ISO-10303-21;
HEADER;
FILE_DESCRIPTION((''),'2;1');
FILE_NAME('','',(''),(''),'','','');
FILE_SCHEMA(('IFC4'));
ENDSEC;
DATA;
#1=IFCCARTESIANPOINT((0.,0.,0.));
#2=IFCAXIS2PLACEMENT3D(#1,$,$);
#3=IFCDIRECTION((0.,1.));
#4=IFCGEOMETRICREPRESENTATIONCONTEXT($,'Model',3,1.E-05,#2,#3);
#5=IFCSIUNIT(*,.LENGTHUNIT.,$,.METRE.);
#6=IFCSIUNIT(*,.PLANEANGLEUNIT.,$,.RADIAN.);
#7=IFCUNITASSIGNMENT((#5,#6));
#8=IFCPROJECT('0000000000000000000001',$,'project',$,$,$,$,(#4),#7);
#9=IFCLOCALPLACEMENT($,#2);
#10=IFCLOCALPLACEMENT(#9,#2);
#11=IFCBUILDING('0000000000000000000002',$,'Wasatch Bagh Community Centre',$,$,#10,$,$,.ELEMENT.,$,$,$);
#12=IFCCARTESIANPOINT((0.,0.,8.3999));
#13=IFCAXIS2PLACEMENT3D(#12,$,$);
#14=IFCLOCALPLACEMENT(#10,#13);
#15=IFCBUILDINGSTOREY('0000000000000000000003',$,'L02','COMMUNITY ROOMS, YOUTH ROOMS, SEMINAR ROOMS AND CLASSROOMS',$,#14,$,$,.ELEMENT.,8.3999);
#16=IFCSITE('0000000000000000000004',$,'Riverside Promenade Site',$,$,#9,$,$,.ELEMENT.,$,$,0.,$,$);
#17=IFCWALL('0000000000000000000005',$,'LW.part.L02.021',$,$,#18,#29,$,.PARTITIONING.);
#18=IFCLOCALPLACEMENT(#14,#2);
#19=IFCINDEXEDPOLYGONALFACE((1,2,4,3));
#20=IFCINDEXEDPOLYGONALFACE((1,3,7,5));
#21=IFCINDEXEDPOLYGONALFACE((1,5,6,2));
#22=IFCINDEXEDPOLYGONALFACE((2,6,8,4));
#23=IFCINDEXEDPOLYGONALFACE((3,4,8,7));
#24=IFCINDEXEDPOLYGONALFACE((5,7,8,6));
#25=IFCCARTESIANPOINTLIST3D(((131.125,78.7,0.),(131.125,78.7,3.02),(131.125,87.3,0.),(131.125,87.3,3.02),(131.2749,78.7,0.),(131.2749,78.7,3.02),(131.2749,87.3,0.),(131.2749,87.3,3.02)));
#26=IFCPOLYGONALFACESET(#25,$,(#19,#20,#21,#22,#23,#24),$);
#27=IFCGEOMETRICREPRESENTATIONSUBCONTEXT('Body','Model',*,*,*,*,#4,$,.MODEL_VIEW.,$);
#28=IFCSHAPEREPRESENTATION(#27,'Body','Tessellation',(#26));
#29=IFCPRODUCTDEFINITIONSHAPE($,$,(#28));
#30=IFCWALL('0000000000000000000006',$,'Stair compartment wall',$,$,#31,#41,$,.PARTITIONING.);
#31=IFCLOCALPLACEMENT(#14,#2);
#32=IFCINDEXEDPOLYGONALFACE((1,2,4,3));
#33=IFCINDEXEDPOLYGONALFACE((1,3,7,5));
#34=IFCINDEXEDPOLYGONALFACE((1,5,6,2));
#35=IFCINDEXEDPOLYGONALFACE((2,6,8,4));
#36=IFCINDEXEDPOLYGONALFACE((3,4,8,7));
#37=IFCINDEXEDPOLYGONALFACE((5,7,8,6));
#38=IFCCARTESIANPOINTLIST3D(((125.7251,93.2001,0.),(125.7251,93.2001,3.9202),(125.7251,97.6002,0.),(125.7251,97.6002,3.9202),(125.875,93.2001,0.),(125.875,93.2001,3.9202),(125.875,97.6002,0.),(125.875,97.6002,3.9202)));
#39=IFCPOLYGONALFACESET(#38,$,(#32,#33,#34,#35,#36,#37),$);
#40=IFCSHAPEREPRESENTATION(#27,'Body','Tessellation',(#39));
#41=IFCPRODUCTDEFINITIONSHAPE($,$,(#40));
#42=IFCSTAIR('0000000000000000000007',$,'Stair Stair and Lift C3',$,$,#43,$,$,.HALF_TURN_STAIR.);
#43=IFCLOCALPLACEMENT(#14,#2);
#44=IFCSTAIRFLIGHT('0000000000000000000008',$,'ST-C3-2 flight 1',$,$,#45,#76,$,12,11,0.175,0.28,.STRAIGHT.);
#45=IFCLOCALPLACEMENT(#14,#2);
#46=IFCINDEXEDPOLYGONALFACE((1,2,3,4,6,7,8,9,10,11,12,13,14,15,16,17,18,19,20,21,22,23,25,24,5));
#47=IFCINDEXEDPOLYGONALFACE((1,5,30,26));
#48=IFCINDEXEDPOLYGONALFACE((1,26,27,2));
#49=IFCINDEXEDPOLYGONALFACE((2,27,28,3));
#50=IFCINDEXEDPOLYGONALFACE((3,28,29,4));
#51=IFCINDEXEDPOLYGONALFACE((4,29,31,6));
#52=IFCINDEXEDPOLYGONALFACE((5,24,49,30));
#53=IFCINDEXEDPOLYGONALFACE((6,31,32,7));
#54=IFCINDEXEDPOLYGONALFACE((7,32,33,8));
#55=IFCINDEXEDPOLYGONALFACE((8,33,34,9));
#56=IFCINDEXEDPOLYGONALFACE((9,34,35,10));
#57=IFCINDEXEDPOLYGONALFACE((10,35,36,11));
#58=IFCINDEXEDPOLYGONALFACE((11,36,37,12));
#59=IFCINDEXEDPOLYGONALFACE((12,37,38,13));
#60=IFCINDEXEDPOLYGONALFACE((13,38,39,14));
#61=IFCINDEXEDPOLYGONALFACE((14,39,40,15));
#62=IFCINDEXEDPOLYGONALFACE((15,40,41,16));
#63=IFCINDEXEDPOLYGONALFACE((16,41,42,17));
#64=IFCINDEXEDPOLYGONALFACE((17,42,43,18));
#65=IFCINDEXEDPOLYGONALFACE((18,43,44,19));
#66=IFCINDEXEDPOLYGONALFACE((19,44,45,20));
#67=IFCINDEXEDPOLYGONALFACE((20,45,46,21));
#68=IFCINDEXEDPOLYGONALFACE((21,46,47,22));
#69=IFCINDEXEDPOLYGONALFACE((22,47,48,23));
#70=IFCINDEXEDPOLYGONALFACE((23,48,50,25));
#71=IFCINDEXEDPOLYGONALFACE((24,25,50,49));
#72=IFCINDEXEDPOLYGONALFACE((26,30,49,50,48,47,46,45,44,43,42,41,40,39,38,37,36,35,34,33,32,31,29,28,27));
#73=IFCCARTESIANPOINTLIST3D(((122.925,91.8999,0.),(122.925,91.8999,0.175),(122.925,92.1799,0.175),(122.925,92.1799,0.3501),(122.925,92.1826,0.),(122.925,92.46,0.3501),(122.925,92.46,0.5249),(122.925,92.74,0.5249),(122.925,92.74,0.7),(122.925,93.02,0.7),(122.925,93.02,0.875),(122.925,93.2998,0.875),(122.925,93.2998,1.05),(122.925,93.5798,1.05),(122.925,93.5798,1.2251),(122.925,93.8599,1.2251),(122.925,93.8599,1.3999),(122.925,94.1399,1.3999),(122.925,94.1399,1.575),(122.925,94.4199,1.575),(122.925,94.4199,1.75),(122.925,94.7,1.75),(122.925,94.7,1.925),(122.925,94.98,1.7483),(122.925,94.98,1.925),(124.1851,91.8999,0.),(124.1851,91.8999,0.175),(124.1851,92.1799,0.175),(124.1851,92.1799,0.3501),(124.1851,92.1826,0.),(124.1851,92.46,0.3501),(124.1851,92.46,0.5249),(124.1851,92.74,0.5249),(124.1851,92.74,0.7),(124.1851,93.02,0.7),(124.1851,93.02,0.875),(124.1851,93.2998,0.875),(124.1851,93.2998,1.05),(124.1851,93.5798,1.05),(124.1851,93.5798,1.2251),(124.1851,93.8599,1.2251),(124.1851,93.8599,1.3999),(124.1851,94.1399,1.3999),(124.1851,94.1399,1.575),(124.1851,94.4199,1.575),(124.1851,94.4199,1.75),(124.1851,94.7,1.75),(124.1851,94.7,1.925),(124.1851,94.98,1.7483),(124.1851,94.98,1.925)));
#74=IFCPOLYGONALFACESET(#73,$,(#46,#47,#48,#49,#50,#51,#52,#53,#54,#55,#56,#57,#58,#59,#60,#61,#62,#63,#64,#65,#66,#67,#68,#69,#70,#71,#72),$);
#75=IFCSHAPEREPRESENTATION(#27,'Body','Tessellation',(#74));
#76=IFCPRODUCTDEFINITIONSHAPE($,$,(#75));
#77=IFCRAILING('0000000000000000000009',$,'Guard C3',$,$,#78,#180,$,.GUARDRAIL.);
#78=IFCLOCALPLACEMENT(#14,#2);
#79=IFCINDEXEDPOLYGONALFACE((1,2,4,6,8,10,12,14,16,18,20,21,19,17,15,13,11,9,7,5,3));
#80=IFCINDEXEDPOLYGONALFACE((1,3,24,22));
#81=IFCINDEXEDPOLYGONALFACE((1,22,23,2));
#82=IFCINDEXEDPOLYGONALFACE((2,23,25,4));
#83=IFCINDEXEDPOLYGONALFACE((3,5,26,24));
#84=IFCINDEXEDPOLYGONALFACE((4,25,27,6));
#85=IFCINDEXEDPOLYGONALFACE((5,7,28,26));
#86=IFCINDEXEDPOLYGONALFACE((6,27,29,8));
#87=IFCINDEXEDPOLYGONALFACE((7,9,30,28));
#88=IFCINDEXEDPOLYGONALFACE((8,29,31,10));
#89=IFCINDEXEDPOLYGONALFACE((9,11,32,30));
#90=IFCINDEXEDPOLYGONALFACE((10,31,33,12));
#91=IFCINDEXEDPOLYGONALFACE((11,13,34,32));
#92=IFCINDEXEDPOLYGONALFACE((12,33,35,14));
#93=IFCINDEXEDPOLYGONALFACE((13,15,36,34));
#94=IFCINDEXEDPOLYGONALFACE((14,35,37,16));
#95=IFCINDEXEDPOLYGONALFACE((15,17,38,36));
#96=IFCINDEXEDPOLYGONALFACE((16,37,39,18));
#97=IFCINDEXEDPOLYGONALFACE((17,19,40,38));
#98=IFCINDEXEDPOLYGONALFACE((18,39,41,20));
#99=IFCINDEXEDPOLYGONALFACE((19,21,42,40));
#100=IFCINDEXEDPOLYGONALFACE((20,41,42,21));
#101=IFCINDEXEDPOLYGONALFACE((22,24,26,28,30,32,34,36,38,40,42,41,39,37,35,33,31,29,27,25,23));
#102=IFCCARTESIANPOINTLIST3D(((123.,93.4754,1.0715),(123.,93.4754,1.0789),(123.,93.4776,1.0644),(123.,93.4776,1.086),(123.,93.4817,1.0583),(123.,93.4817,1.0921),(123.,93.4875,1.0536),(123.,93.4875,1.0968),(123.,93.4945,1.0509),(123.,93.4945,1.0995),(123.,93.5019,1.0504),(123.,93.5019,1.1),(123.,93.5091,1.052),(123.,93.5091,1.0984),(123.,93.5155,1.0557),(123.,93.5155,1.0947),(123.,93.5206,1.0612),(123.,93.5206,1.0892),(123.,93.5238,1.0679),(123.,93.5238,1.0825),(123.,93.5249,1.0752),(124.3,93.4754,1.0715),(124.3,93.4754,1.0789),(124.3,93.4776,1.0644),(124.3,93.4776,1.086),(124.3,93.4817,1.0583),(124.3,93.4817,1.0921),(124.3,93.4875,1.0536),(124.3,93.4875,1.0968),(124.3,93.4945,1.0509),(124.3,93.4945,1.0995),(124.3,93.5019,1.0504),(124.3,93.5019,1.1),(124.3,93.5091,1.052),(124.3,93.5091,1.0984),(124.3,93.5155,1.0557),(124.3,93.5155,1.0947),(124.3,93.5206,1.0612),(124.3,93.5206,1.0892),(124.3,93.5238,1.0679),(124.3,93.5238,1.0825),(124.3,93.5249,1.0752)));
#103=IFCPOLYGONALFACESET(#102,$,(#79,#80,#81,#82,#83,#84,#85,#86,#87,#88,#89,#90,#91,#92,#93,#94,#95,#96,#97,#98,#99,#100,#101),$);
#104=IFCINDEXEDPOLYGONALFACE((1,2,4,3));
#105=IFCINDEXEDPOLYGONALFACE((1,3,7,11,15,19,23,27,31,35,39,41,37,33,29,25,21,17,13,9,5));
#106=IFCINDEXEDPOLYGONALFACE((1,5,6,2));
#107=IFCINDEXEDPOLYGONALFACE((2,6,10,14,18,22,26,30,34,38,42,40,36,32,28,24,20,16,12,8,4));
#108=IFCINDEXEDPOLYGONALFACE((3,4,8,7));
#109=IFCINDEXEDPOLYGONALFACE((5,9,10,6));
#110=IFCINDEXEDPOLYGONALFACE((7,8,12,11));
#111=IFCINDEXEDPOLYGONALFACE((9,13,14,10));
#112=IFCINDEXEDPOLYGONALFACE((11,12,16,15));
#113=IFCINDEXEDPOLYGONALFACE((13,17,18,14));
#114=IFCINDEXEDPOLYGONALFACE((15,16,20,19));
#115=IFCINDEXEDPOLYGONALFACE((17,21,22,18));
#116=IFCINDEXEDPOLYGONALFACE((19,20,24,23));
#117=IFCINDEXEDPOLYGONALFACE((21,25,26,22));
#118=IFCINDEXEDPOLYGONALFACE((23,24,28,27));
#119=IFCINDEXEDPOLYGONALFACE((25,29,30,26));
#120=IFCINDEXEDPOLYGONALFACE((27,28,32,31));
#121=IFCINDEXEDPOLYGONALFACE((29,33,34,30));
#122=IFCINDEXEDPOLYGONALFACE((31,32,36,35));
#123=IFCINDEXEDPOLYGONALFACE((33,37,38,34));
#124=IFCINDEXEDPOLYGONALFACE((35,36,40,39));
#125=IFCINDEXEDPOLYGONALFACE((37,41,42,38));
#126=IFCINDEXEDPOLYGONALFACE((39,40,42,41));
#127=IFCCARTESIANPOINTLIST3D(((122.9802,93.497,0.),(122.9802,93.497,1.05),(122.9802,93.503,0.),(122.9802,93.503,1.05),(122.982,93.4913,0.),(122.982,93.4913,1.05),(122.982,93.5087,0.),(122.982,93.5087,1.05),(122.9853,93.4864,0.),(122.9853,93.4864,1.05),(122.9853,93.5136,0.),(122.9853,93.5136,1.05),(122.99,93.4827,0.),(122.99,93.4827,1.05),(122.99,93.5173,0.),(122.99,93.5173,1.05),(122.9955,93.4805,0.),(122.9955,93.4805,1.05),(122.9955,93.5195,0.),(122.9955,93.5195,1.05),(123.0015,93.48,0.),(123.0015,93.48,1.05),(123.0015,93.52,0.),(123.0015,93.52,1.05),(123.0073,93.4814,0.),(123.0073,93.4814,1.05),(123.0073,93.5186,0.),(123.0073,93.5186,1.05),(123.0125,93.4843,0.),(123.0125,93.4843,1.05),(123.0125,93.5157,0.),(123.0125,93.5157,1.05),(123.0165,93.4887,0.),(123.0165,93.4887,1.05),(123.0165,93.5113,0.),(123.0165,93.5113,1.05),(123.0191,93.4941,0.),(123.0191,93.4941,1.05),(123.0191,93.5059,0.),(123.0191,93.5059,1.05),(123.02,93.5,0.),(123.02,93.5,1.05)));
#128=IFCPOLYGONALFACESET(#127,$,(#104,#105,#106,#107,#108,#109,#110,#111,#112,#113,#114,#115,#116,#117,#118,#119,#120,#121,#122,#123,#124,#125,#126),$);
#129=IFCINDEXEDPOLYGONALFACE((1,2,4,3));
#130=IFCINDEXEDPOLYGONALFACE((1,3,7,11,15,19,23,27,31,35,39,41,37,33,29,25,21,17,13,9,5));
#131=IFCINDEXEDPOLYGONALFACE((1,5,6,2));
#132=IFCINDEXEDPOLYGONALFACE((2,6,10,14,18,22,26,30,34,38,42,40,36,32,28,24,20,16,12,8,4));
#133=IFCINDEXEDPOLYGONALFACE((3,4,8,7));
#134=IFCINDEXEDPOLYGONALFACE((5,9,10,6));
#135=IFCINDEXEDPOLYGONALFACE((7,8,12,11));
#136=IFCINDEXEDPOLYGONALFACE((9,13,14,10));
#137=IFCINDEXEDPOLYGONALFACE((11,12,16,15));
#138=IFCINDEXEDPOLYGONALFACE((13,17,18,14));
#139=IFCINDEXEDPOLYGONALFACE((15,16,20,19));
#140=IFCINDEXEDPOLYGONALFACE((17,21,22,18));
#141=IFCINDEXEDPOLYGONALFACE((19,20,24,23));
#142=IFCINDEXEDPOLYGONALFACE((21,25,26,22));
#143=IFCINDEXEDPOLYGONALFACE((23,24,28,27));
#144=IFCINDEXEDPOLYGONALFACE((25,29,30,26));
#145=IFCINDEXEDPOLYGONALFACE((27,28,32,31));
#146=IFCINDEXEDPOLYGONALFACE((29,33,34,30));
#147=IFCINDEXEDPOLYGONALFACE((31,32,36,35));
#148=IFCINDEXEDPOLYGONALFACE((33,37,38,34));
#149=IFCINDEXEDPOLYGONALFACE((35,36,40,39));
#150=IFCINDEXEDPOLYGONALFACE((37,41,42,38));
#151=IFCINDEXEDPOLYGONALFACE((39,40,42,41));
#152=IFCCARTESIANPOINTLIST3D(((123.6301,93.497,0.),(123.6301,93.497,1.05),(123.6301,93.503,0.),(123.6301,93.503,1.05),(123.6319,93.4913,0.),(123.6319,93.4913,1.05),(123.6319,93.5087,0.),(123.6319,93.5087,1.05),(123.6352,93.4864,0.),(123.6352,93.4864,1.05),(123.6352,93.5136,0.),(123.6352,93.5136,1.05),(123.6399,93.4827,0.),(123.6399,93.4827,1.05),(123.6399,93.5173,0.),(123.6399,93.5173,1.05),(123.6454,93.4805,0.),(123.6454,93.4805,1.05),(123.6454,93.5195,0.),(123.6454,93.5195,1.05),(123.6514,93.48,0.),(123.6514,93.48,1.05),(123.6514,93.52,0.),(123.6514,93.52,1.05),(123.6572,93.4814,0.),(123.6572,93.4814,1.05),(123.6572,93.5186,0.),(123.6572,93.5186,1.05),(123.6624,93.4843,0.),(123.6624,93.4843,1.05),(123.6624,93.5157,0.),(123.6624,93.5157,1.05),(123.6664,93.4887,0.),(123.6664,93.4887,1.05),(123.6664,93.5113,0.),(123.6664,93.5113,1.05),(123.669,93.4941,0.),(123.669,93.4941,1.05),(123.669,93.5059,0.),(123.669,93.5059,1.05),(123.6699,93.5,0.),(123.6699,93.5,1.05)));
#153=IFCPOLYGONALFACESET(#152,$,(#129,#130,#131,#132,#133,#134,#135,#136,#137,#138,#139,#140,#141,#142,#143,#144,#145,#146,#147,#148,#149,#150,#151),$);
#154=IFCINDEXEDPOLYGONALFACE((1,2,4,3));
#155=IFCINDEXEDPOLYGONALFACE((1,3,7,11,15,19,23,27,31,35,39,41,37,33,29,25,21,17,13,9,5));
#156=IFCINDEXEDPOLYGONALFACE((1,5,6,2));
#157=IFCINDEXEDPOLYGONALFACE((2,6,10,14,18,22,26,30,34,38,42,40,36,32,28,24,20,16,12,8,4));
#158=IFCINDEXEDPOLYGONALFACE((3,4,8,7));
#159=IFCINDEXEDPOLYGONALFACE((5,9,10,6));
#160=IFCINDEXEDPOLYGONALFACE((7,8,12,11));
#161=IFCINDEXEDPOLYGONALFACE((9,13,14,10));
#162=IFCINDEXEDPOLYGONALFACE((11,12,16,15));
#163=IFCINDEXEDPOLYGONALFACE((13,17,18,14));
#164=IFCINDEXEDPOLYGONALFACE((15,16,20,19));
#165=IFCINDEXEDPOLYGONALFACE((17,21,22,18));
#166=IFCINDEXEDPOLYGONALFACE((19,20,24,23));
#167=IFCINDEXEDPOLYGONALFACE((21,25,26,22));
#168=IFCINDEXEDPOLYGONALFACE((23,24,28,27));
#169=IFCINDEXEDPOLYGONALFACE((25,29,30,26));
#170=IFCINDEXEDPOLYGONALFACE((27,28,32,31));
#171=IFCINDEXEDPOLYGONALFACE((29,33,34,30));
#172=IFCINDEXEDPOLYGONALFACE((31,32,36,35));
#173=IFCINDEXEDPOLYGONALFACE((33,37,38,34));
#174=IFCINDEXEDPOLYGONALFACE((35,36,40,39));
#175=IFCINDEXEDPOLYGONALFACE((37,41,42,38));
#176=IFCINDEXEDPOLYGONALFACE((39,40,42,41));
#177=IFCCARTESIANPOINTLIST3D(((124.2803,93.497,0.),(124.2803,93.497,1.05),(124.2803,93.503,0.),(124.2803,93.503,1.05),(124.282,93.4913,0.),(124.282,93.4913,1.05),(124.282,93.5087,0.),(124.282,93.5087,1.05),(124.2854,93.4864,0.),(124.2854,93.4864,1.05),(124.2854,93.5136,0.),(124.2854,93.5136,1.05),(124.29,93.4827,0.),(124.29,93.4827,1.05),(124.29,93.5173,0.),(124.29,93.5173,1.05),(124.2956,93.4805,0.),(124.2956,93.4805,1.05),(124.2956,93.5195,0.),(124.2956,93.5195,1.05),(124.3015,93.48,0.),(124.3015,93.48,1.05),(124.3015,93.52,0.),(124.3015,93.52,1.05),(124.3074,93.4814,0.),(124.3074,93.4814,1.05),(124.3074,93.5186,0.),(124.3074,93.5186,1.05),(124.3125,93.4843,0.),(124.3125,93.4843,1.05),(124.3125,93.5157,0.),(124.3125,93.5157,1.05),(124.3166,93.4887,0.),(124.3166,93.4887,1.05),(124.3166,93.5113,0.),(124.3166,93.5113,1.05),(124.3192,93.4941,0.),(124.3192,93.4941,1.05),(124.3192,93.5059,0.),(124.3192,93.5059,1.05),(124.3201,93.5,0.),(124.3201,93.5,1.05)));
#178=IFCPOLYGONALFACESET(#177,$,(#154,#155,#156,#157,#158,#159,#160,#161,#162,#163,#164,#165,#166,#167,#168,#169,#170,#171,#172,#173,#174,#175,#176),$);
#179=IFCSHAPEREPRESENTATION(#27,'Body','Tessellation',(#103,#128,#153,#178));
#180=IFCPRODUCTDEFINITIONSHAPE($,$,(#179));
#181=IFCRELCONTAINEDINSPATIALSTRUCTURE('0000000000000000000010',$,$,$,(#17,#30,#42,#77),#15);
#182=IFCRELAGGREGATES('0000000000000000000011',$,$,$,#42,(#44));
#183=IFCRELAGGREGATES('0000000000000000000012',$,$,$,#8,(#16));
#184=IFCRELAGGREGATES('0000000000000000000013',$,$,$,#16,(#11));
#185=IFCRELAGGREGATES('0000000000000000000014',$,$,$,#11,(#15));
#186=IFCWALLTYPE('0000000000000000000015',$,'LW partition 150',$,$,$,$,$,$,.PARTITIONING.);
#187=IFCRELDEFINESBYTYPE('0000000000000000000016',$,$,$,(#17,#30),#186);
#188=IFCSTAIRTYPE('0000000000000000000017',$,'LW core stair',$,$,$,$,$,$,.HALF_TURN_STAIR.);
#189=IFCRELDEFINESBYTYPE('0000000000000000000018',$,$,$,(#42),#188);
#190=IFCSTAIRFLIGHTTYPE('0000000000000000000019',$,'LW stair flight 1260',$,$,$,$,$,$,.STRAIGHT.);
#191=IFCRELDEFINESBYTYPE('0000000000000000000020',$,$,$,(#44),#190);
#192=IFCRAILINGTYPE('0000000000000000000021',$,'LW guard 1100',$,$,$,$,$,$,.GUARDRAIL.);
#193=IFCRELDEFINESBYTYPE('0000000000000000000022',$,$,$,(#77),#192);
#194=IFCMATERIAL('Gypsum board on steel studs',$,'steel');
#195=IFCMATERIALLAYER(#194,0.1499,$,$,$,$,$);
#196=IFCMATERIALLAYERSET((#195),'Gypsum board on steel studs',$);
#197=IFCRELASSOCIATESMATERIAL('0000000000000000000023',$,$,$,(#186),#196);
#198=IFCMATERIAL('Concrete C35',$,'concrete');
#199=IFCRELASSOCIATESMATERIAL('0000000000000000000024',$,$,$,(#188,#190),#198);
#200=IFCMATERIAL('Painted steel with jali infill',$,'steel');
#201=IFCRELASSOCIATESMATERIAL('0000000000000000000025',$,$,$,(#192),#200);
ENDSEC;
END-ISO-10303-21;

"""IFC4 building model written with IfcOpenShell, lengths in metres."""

from ifc_helpers import new_model, si_unit, direction, frame, frame_2d, origin, origin_2d, place, context, subcontext, project, spatial, polyline, rectangle, circle, outline, extrude, material, layer, layer_set, type_object, element, aggregate, save


model = new_model("IFC4")

# Units and contexts
model_context = context("Model", 3, precision=1e-05, world=origin(), true_north=direction((0.0, 1.0)))
body_context = subcontext(model_context, "Body", "Model", "MODEL_VIEW")
ifc_project = project(units=[si_unit("LENGTHUNIT", "METRE"), si_unit("PLANEANGLEUNIT", "RADIAN")], contexts=[model_context])

# Site, building, storey
site_placement = place(None, origin())
site = spatial("IfcSite", under=ifc_project, at=site_placement, Name="Riverside Promenade Site", CompositionType="ELEMENT", RefElevation=0.0)
building_placement = place(site_placement, origin())
building = spatial("IfcBuilding", under=site, at=building_placement, Name="Wasatch Bagh Community Centre", CompositionType="ELEMENT")
storey_placement = place(building_placement, frame((0.0, 0.0, 8.3999)))
storey = spatial("IfcBuildingStorey", under=building, at=storey_placement, Name="L02", Description="COMMUNITY ROOMS, YOUTH ROOMS, SEMINAR ROOMS AND CLASSROOMS", CompositionType="ELEMENT", Elevation=8.3999)

# Shared definitions
ifc_material_1 = material(Name="Concrete C35", Category="concrete")

# Shared definitions
ifc_material_2 = material(Name="Gypsum board on steel studs", Category="steel")
ifc_layer_1 = layer(ifc_material_2, 0.1499)
ifc_layer_set_1 = layer_set([ifc_layer_1], Name="Gypsum board on steel studs")
wall_type_1 = type_object("IfcWallType", Name="LW partition 150", PredefinedType="PARTITIONING", material=ifc_layer_set_1)

# Walls
wall_1_placement = place(storey_placement, frame((131.2, 78.7, 0.0), z_axis=(0.0, 0.0, 1.0), x_axis=(0.0, 1.0, 0.0)))
element("IfcWall", 1, at=wall_1_placement, inside=storey, type_object=wall_type_1, Name="LW.part.L02.021", PredefinedType="PARTITIONING", context=body_context, shape_type="SweptSolid", body=[
    extrude(rectangle(XDim=8.6001, YDim=0.1499, at=frame_2d((4.3, 0.0))), origin(), (0.0, 0.0, 1.0), 3.02),
])
wall_2_placement = place(storey_placement, frame((125.8, 93.2, 0.0), z_axis=(0.0, 0.0, 1.0), x_axis=(0.0, 1.0, 0.0)))
element("IfcWall", 2, at=wall_2_placement, inside=storey, type_object=wall_type_1, Name="Stair compartment wall", PredefinedType="PARTITIONING", context=body_context, shape_type="SweptSolid", body=[
    extrude(rectangle(XDim=4.4001, YDim=0.1499, at=frame_2d((2.2002, 0.0))), origin(), (0.0, 0.0, 1.0), 3.9202),
])

# Stair, stair flight
stair_type = type_object("IfcStairType", Name="LW core stair", PredefinedType="HALF_TURN_STAIR", material=ifc_material_1)
stair_placement = place(storey_placement, origin())
stair = element("IfcStair", 3, at=stair_placement, inside=storey, type_object=stair_type, Name="Stair Stair and Lift C3", PredefinedType="HALF_TURN_STAIR")
stair_flight_type = type_object("IfcStairFlightType", Name="LW stair flight 1260", PredefinedType="STRAIGHT", material=ifc_material_1)
stair_flight_placement = place(storey_placement, frame((123.5549, 91.8999, 0.0), z_axis=(0.0, 0.0, 1.0), x_axis=(0.0, 1.0, 0.0)))
stair_flight = element("IfcStairFlight", 4, at=stair_flight_placement, type_object=stair_flight_type, Name="ST-C3-2 flight 1", NumberOfRisers=12, NumberOfTreads=11, PredefinedType="STRAIGHT", RiserHeight=0.175, TreadLength=0.28, context=body_context, shape_type="SweptSolid", body=[
    extrude(outline(polyline([(0.0, 0.0), (0.0, 0.175), (0.28, 0.175), (0.28, 0.3501), (0.5601, 0.3501), (0.5601, 0.5249), (0.8401, 0.5249), (0.8401, 0.7), (1.1201, 0.7), (1.1201, 0.875), (1.3999, 0.875), (1.3999, 1.05), (1.6799, 1.05), (1.6799, 1.2251), (1.96, 1.2251), (1.96, 1.3999), (2.24, 1.3999), (2.24, 1.575), (2.52, 1.575), (2.52, 1.75), (2.8, 1.75), (2.8, 1.925), (3.0801, 1.925), (3.0801, 2.1001), (3.0801, 1.7483), (0.2827, 0.0), (0.0, 0.0)])), frame((0.0, 0.6299, 0.0), z_axis=(0.0, -1.0, 0.0), x_axis=(1.0, 0.0, 0.0)), (0.0, 0.0, 1.0), 1.26),
])
aggregate(stair, [stair_flight])

# Railing
ifc_material_3 = material(Name="Painted steel with jali infill", Category="steel")
railing_type_1 = type_object("IfcRailingType", Name="LW guard 1100", PredefinedType="GUARDRAIL", material=ifc_material_3)
railing_placement = place(storey_placement, frame((123.0, 93.5, 0.0)))
element("IfcRailing", 5, at=railing_placement, inside=storey, type_object=railing_type_1, Name="Guard C3", PredefinedType="GUARDRAIL", context=body_context, shape_type="SweptSolid", body=[
    extrude(circle(Radius=0.0249, at=origin_2d()), frame((0.0, 0.0, 1.0752), z_axis=(1.0, 0.0, 0.0), x_axis=(0.0, 1.0, 0.0)), (0.0, 0.0, 1.0), 1.3),
    extrude(circle(Radius=0.02, at=origin_2d()), origin(), (0.0, 0.0, 1.0), 1.05),
    extrude(circle(Radius=0.02, at=origin_2d()), frame((0.6499, 0.0, 0.0)), (0.0, 0.0, 1.0), 1.05),
    extrude(circle(Radius=0.02, at=origin_2d()), frame((1.3, 0.0, 0.0)), (0.0, 0.0, 1.0), 1.05),
])

save(model, "model.ifc")
